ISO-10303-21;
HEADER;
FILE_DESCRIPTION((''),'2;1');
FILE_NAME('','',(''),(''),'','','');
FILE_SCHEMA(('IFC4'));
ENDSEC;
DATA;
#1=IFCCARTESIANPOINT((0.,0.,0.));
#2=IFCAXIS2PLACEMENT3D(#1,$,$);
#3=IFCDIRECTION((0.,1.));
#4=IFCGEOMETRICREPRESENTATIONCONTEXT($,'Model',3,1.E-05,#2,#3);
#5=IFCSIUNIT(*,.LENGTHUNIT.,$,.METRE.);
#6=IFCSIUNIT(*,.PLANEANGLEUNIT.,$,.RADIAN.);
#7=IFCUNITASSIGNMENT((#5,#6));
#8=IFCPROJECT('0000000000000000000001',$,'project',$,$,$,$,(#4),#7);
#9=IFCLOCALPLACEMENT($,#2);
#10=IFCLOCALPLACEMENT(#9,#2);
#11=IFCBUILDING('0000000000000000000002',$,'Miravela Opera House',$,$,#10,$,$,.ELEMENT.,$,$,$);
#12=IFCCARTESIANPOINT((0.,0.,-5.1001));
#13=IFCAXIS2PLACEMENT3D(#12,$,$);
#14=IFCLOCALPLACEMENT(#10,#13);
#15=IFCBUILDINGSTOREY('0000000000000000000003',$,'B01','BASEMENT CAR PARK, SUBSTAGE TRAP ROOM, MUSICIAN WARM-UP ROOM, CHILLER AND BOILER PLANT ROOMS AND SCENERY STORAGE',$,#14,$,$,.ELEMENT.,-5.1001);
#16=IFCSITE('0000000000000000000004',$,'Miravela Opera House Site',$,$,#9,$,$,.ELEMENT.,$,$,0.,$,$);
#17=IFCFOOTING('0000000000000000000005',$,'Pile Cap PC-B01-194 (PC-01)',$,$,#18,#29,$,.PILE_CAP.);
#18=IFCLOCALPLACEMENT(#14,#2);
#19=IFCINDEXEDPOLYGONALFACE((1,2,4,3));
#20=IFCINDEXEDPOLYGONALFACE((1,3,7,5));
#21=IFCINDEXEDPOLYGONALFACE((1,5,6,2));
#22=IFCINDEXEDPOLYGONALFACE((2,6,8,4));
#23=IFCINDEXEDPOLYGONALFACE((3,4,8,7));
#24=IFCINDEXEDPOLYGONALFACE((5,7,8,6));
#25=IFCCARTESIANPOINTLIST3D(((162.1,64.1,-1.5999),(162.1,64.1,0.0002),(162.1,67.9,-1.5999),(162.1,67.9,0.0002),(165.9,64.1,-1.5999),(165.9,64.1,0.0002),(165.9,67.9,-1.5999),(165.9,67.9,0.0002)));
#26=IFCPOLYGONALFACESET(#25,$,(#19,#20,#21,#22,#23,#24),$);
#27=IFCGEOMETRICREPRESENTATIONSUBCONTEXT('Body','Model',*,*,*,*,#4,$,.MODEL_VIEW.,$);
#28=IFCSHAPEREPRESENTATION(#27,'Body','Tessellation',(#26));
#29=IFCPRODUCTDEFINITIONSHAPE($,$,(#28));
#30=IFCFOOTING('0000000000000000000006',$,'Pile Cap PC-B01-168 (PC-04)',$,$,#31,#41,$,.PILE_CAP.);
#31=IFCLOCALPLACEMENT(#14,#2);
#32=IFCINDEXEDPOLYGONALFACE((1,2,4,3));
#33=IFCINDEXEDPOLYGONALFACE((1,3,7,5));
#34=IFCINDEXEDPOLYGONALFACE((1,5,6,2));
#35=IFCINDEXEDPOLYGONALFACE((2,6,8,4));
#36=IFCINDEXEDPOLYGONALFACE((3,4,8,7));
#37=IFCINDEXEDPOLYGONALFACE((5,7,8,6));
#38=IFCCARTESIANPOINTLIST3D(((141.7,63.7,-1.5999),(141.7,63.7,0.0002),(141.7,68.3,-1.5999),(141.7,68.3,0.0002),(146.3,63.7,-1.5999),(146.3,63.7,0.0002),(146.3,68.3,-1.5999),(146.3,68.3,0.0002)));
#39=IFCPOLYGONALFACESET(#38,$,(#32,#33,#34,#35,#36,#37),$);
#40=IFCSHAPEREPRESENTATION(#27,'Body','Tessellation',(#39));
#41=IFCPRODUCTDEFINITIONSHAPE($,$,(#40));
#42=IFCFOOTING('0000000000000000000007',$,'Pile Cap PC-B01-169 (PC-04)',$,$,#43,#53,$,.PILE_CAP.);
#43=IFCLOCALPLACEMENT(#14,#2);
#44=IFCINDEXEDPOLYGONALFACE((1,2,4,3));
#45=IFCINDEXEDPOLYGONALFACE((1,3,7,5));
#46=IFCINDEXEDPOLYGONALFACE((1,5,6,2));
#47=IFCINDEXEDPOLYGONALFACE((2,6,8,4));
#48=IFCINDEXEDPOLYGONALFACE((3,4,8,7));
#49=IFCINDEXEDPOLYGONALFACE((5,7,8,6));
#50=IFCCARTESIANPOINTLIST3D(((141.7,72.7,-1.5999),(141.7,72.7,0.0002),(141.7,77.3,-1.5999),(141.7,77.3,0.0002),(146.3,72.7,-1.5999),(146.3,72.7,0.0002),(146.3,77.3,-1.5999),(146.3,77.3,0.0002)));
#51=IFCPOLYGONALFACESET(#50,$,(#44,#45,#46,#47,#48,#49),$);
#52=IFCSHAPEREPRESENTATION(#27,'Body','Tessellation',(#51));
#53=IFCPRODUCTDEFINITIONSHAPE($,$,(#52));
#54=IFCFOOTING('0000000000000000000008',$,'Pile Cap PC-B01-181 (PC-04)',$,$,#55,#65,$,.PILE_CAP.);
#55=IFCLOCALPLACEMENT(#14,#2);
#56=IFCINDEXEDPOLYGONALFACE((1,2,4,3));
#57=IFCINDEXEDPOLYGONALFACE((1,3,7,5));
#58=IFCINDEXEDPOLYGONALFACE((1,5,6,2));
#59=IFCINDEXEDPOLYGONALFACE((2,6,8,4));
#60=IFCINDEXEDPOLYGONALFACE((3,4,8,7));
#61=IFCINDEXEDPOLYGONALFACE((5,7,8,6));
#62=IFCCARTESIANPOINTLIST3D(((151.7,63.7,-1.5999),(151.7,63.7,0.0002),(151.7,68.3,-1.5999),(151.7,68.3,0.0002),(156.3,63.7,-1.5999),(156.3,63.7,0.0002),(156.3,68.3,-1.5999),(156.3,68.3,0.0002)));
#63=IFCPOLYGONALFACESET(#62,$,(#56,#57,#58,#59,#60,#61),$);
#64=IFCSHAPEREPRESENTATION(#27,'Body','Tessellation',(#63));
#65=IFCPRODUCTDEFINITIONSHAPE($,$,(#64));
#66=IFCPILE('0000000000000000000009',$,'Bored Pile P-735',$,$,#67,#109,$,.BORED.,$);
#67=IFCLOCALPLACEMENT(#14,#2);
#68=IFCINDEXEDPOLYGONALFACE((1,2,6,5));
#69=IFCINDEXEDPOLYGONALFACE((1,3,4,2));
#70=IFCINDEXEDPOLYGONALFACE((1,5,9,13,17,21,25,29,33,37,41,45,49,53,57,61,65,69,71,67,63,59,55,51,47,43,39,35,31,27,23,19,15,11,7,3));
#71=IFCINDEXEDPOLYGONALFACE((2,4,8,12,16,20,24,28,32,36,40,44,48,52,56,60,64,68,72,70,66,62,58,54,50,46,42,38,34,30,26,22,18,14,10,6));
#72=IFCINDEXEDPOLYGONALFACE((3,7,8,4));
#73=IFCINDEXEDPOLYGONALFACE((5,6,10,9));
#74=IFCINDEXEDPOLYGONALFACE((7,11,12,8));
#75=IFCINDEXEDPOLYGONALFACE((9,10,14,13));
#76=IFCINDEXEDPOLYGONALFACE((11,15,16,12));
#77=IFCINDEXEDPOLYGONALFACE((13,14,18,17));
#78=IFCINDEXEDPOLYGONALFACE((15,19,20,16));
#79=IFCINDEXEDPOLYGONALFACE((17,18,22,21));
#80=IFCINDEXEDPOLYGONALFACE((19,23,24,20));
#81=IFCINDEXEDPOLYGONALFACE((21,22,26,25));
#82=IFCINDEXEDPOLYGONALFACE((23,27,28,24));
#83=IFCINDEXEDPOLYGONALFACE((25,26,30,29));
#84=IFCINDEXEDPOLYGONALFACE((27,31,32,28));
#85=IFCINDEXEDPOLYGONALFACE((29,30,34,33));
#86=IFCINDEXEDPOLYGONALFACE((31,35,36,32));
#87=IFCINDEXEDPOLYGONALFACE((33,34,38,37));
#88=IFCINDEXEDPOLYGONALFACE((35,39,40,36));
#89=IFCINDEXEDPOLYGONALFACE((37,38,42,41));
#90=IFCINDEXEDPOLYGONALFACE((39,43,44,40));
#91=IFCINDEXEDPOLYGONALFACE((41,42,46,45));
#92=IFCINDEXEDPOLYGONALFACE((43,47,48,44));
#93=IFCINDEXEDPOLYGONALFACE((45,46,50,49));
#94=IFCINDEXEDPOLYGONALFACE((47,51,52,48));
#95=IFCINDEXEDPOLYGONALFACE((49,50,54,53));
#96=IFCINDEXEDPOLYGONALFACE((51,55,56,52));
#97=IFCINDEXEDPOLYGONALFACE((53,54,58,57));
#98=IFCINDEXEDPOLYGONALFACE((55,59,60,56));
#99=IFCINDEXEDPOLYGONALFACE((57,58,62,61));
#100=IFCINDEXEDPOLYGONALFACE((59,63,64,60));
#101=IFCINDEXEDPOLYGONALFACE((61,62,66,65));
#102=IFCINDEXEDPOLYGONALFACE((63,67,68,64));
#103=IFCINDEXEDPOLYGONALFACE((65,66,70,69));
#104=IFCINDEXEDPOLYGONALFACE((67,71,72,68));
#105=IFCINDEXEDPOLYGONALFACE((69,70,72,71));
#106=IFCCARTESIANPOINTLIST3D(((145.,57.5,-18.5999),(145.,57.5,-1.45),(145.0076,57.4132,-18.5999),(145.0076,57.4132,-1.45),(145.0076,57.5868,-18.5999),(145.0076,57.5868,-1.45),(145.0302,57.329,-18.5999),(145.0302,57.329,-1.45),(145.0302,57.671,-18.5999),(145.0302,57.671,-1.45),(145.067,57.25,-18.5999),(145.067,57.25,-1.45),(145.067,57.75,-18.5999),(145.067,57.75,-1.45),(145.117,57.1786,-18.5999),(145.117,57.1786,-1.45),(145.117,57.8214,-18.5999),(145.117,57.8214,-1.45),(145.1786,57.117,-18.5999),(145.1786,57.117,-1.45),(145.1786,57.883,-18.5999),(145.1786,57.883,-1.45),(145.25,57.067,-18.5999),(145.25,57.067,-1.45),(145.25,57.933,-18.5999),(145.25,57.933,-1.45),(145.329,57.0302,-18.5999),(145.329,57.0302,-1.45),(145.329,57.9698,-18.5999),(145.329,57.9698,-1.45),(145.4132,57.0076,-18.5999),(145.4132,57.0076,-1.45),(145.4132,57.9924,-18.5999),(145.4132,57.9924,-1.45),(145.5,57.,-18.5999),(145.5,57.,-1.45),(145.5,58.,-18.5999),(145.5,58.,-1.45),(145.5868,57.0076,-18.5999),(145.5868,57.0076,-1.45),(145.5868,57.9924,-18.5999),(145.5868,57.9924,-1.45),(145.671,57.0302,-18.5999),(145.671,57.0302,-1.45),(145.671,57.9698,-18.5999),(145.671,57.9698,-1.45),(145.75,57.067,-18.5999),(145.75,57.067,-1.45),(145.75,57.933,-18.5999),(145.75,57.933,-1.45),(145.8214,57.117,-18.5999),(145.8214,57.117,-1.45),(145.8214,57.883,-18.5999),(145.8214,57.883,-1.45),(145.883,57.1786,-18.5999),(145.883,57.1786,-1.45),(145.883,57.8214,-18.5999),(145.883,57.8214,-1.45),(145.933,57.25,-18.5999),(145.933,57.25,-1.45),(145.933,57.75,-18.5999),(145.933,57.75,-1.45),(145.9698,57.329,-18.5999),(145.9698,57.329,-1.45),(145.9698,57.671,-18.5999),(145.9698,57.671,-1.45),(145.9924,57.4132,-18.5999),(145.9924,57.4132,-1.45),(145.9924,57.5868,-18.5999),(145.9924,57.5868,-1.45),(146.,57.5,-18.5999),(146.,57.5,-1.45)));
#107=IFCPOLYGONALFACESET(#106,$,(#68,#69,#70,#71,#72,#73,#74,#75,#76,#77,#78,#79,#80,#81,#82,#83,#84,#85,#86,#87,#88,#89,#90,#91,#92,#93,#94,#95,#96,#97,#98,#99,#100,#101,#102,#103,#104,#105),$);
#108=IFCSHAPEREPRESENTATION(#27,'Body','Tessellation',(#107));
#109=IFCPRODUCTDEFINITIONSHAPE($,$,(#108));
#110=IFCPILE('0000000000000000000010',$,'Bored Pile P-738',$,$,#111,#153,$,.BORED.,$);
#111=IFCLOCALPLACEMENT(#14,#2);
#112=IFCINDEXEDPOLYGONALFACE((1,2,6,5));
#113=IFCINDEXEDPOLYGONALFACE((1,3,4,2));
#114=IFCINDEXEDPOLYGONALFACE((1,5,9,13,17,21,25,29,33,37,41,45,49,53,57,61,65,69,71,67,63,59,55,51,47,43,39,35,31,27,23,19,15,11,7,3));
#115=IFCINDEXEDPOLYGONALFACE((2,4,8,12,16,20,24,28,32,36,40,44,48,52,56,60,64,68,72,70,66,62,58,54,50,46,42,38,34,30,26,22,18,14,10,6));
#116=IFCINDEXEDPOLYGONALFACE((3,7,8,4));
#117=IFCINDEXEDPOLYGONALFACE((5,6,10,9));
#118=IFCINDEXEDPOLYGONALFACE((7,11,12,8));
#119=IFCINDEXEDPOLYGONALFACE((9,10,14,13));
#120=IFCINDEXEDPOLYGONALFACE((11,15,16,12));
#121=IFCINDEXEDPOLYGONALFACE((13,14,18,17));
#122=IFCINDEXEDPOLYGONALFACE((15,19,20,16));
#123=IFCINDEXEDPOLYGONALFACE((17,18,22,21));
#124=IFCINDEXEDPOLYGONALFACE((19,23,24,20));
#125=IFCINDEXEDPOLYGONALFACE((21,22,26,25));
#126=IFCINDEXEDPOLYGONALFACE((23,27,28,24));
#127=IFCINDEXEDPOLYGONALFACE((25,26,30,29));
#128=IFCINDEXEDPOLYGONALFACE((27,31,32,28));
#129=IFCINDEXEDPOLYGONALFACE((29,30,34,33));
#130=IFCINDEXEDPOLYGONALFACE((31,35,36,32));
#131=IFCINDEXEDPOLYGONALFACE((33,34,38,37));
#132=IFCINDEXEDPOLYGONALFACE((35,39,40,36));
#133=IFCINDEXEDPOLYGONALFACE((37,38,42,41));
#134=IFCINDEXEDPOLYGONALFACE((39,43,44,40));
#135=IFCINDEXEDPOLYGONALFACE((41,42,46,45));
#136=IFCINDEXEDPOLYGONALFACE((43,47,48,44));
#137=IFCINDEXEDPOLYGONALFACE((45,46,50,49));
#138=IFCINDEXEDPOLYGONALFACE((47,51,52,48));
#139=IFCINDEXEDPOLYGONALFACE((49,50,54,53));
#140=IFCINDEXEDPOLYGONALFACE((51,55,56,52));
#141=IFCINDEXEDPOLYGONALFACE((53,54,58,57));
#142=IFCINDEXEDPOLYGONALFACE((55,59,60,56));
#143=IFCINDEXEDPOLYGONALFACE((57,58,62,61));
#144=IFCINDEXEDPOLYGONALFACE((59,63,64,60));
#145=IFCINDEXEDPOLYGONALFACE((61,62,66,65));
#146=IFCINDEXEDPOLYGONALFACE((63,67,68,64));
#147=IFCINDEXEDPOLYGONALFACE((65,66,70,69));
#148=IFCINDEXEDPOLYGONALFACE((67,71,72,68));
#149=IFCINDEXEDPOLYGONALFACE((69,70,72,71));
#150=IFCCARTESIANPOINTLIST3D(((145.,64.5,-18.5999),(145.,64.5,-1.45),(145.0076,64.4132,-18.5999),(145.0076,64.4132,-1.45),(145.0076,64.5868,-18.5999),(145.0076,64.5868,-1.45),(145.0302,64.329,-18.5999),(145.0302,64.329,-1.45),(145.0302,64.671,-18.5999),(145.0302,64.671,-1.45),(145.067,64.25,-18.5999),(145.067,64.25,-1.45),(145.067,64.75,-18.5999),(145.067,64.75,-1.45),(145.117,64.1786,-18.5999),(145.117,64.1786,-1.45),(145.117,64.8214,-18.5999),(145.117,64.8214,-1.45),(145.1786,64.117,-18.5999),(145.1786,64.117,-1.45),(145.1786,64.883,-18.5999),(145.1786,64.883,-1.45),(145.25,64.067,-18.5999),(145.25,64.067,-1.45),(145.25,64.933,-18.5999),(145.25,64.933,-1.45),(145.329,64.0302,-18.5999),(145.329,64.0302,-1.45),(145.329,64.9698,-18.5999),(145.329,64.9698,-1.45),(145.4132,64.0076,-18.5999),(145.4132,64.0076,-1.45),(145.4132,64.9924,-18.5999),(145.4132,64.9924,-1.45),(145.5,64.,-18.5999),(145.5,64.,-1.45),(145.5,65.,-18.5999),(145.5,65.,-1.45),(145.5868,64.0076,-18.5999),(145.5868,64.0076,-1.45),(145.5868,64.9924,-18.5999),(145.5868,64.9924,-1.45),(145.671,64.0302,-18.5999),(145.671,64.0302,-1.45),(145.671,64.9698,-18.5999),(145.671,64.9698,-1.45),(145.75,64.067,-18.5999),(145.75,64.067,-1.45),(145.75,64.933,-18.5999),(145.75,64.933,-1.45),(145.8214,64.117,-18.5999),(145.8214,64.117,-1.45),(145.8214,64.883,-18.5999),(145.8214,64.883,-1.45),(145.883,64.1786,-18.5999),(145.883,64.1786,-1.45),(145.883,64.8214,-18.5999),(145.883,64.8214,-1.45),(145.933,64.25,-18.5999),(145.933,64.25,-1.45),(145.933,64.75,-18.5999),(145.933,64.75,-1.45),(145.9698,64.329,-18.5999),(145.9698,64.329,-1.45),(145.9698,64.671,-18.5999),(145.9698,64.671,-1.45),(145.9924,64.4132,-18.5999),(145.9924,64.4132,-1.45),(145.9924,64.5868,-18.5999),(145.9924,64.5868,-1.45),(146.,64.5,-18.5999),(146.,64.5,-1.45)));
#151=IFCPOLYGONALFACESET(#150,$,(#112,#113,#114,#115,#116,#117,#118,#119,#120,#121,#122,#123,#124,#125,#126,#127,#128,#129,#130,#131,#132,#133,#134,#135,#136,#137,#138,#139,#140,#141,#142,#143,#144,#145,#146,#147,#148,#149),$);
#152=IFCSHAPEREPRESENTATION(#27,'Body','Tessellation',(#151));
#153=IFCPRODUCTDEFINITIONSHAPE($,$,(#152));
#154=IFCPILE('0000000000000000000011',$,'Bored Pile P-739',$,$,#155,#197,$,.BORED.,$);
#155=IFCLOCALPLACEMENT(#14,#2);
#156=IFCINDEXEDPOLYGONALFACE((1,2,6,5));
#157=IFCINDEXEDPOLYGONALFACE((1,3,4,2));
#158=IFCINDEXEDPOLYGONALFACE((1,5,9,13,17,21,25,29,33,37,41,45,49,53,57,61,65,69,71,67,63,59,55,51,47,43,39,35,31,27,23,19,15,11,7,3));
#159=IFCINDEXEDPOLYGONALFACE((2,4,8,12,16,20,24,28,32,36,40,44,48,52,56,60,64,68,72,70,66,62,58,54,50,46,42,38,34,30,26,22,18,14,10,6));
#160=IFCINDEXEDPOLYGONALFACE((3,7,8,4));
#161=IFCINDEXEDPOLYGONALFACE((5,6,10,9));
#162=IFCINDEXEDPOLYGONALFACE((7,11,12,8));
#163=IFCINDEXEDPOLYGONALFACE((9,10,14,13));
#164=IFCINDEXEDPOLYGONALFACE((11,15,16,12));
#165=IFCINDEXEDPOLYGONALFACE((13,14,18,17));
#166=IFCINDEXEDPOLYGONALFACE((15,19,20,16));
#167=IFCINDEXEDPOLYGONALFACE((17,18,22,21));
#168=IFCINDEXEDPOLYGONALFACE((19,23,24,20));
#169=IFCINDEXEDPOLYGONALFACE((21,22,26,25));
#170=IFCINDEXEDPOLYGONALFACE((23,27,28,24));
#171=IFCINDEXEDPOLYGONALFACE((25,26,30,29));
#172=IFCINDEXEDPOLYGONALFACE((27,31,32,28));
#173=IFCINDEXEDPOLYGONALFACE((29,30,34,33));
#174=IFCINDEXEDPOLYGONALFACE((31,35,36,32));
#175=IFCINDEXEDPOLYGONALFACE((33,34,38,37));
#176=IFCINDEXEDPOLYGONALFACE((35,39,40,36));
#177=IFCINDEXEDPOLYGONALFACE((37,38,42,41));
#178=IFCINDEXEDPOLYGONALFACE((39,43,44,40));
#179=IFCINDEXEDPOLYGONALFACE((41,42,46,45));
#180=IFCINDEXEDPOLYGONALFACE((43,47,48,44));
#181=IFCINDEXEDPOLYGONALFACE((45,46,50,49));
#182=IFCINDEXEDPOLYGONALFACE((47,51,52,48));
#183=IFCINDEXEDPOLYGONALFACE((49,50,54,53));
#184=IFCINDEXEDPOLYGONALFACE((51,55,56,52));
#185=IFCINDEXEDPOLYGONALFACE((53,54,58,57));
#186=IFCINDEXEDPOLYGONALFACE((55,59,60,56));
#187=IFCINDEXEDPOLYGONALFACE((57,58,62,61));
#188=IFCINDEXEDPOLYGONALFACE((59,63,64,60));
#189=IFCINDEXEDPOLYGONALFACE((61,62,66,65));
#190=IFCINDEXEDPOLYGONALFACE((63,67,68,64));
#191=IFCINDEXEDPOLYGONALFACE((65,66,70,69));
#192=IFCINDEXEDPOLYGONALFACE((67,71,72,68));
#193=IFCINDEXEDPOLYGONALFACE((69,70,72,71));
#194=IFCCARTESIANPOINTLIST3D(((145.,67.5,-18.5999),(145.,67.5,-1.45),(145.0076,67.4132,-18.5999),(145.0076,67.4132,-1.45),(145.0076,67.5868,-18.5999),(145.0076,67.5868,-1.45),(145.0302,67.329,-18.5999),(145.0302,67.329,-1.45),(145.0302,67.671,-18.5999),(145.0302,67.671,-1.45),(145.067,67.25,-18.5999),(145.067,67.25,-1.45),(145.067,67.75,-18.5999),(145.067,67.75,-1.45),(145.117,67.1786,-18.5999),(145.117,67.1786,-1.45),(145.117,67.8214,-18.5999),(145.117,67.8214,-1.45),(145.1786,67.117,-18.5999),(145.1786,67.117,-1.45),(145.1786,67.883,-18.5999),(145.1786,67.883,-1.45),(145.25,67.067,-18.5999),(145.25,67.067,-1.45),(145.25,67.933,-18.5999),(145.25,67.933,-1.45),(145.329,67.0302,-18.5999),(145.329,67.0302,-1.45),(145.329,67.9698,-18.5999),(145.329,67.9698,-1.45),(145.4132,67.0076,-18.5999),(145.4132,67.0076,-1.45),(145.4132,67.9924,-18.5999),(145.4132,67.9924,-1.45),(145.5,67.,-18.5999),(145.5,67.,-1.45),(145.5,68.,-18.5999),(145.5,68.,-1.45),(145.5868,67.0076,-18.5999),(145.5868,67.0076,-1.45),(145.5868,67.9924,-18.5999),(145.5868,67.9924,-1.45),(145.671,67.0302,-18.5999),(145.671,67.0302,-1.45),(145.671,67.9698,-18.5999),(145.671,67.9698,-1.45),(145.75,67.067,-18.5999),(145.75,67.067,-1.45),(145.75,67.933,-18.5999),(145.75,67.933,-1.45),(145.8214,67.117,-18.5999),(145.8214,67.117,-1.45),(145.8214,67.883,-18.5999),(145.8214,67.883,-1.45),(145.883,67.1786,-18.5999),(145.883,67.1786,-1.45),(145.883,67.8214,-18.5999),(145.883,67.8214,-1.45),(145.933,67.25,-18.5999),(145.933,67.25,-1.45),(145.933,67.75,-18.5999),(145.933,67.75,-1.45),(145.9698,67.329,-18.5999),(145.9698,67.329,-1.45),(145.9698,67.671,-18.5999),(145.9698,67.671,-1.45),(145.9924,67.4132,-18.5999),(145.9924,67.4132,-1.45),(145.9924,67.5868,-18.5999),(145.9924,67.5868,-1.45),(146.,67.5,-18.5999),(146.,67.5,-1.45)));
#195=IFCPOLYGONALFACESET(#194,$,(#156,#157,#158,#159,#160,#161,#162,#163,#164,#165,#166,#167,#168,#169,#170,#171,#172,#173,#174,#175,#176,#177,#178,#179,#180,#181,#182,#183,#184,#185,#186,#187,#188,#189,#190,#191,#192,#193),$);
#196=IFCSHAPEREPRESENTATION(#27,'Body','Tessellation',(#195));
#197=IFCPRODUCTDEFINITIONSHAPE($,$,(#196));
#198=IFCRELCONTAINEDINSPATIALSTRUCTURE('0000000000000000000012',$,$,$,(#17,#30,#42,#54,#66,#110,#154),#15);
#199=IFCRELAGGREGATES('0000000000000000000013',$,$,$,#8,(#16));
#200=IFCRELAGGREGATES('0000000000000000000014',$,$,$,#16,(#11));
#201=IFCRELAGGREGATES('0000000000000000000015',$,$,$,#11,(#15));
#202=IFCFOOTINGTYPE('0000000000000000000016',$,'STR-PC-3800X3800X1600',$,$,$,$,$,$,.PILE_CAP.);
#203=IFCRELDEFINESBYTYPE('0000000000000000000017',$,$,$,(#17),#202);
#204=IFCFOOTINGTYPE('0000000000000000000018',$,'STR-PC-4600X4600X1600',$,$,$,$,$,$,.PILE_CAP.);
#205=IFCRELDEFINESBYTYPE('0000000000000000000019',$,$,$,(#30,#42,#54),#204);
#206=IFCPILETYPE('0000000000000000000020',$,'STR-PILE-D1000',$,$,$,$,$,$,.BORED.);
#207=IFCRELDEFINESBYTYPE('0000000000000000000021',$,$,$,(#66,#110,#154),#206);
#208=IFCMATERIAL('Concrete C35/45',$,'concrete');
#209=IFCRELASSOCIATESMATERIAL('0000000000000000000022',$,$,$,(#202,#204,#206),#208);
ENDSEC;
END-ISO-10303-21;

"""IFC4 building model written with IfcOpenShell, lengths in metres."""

from ifc_helpers import new_model, si_unit, direction, frame, origin, origin_2d, place, context, subcontext, project, spatial, rectangle, circle, extrude, material, material_profile, profile_set, type_object, element, save


model = new_model("IFC4")

# Units and contexts
model_context = context("Model", 3, precision=1e-05, world=origin(), true_north=direction((0.0, 1.0)))
body_context = subcontext(model_context, "Body", "Model", "MODEL_VIEW")
ifc_project = project(units=[si_unit("LENGTHUNIT", "METRE"), si_unit("PLANEANGLEUNIT", "RADIAN")], contexts=[model_context])

# Site, building, storey
site_placement = place(None, origin())
site = spatial("IfcSite", under=ifc_project, at=site_placement, Name="Miravela Opera House Site", CompositionType="ELEMENT", RefElevation=0.0)
building_placement = place(site_placement, origin())
building = spatial("IfcBuilding", under=site, at=building_placement, Name="Miravela Opera House", CompositionType="ELEMENT")
storey_placement = place(building_placement, frame((0.0, 0.0, -5.1001)))
storey = spatial("IfcBuildingStorey", under=building, at=storey_placement, Name="B01", Description="BASEMENT CAR PARK, SUBSTAGE TRAP ROOM, MUSICIAN WARM-UP ROOM, CHILLER AND BOILER PLANT ROOMS AND SCENERY STORAGE", CompositionType="ELEMENT", Elevation=-5.1001)

# Footings
ifc_material_1 = material(Name="Concrete C35/45", Category="concrete")
footing_type_1 = type_object("IfcFootingType", Name="STR-PC-3800X3800X1600", PredefinedType="PILE_CAP", material=ifc_material_1)
footing_placement = place(storey_placement, frame((164.0, 66.0, -1.5999), z_axis=(0.0, 0.0, 1.0), x_axis=(1.0, 0.0, 0.0)))
element("IfcFooting", 1, at=footing_placement, inside=storey, type_object=footing_type_1, Name="Pile Cap PC-B01-194 (PC-01)", PredefinedType="PILE_CAP", context=body_context, shape_type="SweptSolid", body=[
    extrude(rectangle(XDim=3.8, YDim=3.8, at=origin_2d()), origin(), (0.0, 0.0, 1.0), 1.6001),
])
footing_type_2 = type_object("IfcFootingType", Name="STR-PC-4600X4600X1600", PredefinedType="PILE_CAP", material=ifc_material_1)
for number, where, z_axis, x_axis, name in (
    (2, (144.0, 66.0, -1.5999), (0.0, 0.0, 1.0), (1.0, 0.0, 0.0), "Pile Cap PC-B01-168 (PC-04)"),
    (3, (144.0, 75.0, -1.5999), (0.0, 0.0, 1.0), (1.0, 0.0, 0.0), "Pile Cap PC-B01-169 (PC-04)"),
    (4, (154.0, 66.0, -1.5999), (0.0, 0.0, 1.0), (1.0, 0.0, 0.0), "Pile Cap PC-B01-181 (PC-04)"),
):
    element("IfcFooting", number, at=place(storey_placement, frame(where, z_axis=z_axis, x_axis=x_axis)), inside=storey, type_object=footing_type_2, Name=name, PredefinedType="PILE_CAP", context=body_context, shape_type="SweptSolid", body=[
        extrude(rectangle(XDim=4.6001, YDim=4.6001, at=origin_2d()), origin(), (0.0, 0.0, 1.0), 1.6001),
    ])

# Piles
ifc_material_profile_1 = material_profile(ifc_material_1, circle(Radius=0.5, at=origin_2d()), Name="PILE-D1000")
ifc_profile_set_1 = profile_set([ifc_material_profile_1])
pile_type_1 = type_object("IfcPileType", Name="STR-PILE-D1000", PredefinedType="BORED", material=ifc_profile_set_1)
for number, where, z_axis, x_axis, name in (
    (5, (145.5, 57.5, -1.45), (0.0, 0.0, -1.0), (1.0, 0.0, 0.0), "Bored Pile P-735"),
    (6, (145.5, 64.5, -1.45), (0.0, 0.0, -1.0), (1.0, 0.0, 0.0), "Bored Pile P-738"),
    (7, (145.5, 67.5, -1.45), (0.0, 0.0, -1.0), (1.0, 0.0, 0.0), "Bored Pile P-739"),
):
    element("IfcPile", number, at=place(storey_placement, frame(where, z_axis=z_axis, x_axis=x_axis)), inside=storey, type_object=pile_type_1, Name=name, PredefinedType="BORED", context=body_context, shape_type="SweptSolid", body=[
        extrude(circle(Radius=0.5, at=origin_2d()), origin(), (0.0, 0.0, 1.0), 17.1499),
    ])

save(model, "model.ifc")
